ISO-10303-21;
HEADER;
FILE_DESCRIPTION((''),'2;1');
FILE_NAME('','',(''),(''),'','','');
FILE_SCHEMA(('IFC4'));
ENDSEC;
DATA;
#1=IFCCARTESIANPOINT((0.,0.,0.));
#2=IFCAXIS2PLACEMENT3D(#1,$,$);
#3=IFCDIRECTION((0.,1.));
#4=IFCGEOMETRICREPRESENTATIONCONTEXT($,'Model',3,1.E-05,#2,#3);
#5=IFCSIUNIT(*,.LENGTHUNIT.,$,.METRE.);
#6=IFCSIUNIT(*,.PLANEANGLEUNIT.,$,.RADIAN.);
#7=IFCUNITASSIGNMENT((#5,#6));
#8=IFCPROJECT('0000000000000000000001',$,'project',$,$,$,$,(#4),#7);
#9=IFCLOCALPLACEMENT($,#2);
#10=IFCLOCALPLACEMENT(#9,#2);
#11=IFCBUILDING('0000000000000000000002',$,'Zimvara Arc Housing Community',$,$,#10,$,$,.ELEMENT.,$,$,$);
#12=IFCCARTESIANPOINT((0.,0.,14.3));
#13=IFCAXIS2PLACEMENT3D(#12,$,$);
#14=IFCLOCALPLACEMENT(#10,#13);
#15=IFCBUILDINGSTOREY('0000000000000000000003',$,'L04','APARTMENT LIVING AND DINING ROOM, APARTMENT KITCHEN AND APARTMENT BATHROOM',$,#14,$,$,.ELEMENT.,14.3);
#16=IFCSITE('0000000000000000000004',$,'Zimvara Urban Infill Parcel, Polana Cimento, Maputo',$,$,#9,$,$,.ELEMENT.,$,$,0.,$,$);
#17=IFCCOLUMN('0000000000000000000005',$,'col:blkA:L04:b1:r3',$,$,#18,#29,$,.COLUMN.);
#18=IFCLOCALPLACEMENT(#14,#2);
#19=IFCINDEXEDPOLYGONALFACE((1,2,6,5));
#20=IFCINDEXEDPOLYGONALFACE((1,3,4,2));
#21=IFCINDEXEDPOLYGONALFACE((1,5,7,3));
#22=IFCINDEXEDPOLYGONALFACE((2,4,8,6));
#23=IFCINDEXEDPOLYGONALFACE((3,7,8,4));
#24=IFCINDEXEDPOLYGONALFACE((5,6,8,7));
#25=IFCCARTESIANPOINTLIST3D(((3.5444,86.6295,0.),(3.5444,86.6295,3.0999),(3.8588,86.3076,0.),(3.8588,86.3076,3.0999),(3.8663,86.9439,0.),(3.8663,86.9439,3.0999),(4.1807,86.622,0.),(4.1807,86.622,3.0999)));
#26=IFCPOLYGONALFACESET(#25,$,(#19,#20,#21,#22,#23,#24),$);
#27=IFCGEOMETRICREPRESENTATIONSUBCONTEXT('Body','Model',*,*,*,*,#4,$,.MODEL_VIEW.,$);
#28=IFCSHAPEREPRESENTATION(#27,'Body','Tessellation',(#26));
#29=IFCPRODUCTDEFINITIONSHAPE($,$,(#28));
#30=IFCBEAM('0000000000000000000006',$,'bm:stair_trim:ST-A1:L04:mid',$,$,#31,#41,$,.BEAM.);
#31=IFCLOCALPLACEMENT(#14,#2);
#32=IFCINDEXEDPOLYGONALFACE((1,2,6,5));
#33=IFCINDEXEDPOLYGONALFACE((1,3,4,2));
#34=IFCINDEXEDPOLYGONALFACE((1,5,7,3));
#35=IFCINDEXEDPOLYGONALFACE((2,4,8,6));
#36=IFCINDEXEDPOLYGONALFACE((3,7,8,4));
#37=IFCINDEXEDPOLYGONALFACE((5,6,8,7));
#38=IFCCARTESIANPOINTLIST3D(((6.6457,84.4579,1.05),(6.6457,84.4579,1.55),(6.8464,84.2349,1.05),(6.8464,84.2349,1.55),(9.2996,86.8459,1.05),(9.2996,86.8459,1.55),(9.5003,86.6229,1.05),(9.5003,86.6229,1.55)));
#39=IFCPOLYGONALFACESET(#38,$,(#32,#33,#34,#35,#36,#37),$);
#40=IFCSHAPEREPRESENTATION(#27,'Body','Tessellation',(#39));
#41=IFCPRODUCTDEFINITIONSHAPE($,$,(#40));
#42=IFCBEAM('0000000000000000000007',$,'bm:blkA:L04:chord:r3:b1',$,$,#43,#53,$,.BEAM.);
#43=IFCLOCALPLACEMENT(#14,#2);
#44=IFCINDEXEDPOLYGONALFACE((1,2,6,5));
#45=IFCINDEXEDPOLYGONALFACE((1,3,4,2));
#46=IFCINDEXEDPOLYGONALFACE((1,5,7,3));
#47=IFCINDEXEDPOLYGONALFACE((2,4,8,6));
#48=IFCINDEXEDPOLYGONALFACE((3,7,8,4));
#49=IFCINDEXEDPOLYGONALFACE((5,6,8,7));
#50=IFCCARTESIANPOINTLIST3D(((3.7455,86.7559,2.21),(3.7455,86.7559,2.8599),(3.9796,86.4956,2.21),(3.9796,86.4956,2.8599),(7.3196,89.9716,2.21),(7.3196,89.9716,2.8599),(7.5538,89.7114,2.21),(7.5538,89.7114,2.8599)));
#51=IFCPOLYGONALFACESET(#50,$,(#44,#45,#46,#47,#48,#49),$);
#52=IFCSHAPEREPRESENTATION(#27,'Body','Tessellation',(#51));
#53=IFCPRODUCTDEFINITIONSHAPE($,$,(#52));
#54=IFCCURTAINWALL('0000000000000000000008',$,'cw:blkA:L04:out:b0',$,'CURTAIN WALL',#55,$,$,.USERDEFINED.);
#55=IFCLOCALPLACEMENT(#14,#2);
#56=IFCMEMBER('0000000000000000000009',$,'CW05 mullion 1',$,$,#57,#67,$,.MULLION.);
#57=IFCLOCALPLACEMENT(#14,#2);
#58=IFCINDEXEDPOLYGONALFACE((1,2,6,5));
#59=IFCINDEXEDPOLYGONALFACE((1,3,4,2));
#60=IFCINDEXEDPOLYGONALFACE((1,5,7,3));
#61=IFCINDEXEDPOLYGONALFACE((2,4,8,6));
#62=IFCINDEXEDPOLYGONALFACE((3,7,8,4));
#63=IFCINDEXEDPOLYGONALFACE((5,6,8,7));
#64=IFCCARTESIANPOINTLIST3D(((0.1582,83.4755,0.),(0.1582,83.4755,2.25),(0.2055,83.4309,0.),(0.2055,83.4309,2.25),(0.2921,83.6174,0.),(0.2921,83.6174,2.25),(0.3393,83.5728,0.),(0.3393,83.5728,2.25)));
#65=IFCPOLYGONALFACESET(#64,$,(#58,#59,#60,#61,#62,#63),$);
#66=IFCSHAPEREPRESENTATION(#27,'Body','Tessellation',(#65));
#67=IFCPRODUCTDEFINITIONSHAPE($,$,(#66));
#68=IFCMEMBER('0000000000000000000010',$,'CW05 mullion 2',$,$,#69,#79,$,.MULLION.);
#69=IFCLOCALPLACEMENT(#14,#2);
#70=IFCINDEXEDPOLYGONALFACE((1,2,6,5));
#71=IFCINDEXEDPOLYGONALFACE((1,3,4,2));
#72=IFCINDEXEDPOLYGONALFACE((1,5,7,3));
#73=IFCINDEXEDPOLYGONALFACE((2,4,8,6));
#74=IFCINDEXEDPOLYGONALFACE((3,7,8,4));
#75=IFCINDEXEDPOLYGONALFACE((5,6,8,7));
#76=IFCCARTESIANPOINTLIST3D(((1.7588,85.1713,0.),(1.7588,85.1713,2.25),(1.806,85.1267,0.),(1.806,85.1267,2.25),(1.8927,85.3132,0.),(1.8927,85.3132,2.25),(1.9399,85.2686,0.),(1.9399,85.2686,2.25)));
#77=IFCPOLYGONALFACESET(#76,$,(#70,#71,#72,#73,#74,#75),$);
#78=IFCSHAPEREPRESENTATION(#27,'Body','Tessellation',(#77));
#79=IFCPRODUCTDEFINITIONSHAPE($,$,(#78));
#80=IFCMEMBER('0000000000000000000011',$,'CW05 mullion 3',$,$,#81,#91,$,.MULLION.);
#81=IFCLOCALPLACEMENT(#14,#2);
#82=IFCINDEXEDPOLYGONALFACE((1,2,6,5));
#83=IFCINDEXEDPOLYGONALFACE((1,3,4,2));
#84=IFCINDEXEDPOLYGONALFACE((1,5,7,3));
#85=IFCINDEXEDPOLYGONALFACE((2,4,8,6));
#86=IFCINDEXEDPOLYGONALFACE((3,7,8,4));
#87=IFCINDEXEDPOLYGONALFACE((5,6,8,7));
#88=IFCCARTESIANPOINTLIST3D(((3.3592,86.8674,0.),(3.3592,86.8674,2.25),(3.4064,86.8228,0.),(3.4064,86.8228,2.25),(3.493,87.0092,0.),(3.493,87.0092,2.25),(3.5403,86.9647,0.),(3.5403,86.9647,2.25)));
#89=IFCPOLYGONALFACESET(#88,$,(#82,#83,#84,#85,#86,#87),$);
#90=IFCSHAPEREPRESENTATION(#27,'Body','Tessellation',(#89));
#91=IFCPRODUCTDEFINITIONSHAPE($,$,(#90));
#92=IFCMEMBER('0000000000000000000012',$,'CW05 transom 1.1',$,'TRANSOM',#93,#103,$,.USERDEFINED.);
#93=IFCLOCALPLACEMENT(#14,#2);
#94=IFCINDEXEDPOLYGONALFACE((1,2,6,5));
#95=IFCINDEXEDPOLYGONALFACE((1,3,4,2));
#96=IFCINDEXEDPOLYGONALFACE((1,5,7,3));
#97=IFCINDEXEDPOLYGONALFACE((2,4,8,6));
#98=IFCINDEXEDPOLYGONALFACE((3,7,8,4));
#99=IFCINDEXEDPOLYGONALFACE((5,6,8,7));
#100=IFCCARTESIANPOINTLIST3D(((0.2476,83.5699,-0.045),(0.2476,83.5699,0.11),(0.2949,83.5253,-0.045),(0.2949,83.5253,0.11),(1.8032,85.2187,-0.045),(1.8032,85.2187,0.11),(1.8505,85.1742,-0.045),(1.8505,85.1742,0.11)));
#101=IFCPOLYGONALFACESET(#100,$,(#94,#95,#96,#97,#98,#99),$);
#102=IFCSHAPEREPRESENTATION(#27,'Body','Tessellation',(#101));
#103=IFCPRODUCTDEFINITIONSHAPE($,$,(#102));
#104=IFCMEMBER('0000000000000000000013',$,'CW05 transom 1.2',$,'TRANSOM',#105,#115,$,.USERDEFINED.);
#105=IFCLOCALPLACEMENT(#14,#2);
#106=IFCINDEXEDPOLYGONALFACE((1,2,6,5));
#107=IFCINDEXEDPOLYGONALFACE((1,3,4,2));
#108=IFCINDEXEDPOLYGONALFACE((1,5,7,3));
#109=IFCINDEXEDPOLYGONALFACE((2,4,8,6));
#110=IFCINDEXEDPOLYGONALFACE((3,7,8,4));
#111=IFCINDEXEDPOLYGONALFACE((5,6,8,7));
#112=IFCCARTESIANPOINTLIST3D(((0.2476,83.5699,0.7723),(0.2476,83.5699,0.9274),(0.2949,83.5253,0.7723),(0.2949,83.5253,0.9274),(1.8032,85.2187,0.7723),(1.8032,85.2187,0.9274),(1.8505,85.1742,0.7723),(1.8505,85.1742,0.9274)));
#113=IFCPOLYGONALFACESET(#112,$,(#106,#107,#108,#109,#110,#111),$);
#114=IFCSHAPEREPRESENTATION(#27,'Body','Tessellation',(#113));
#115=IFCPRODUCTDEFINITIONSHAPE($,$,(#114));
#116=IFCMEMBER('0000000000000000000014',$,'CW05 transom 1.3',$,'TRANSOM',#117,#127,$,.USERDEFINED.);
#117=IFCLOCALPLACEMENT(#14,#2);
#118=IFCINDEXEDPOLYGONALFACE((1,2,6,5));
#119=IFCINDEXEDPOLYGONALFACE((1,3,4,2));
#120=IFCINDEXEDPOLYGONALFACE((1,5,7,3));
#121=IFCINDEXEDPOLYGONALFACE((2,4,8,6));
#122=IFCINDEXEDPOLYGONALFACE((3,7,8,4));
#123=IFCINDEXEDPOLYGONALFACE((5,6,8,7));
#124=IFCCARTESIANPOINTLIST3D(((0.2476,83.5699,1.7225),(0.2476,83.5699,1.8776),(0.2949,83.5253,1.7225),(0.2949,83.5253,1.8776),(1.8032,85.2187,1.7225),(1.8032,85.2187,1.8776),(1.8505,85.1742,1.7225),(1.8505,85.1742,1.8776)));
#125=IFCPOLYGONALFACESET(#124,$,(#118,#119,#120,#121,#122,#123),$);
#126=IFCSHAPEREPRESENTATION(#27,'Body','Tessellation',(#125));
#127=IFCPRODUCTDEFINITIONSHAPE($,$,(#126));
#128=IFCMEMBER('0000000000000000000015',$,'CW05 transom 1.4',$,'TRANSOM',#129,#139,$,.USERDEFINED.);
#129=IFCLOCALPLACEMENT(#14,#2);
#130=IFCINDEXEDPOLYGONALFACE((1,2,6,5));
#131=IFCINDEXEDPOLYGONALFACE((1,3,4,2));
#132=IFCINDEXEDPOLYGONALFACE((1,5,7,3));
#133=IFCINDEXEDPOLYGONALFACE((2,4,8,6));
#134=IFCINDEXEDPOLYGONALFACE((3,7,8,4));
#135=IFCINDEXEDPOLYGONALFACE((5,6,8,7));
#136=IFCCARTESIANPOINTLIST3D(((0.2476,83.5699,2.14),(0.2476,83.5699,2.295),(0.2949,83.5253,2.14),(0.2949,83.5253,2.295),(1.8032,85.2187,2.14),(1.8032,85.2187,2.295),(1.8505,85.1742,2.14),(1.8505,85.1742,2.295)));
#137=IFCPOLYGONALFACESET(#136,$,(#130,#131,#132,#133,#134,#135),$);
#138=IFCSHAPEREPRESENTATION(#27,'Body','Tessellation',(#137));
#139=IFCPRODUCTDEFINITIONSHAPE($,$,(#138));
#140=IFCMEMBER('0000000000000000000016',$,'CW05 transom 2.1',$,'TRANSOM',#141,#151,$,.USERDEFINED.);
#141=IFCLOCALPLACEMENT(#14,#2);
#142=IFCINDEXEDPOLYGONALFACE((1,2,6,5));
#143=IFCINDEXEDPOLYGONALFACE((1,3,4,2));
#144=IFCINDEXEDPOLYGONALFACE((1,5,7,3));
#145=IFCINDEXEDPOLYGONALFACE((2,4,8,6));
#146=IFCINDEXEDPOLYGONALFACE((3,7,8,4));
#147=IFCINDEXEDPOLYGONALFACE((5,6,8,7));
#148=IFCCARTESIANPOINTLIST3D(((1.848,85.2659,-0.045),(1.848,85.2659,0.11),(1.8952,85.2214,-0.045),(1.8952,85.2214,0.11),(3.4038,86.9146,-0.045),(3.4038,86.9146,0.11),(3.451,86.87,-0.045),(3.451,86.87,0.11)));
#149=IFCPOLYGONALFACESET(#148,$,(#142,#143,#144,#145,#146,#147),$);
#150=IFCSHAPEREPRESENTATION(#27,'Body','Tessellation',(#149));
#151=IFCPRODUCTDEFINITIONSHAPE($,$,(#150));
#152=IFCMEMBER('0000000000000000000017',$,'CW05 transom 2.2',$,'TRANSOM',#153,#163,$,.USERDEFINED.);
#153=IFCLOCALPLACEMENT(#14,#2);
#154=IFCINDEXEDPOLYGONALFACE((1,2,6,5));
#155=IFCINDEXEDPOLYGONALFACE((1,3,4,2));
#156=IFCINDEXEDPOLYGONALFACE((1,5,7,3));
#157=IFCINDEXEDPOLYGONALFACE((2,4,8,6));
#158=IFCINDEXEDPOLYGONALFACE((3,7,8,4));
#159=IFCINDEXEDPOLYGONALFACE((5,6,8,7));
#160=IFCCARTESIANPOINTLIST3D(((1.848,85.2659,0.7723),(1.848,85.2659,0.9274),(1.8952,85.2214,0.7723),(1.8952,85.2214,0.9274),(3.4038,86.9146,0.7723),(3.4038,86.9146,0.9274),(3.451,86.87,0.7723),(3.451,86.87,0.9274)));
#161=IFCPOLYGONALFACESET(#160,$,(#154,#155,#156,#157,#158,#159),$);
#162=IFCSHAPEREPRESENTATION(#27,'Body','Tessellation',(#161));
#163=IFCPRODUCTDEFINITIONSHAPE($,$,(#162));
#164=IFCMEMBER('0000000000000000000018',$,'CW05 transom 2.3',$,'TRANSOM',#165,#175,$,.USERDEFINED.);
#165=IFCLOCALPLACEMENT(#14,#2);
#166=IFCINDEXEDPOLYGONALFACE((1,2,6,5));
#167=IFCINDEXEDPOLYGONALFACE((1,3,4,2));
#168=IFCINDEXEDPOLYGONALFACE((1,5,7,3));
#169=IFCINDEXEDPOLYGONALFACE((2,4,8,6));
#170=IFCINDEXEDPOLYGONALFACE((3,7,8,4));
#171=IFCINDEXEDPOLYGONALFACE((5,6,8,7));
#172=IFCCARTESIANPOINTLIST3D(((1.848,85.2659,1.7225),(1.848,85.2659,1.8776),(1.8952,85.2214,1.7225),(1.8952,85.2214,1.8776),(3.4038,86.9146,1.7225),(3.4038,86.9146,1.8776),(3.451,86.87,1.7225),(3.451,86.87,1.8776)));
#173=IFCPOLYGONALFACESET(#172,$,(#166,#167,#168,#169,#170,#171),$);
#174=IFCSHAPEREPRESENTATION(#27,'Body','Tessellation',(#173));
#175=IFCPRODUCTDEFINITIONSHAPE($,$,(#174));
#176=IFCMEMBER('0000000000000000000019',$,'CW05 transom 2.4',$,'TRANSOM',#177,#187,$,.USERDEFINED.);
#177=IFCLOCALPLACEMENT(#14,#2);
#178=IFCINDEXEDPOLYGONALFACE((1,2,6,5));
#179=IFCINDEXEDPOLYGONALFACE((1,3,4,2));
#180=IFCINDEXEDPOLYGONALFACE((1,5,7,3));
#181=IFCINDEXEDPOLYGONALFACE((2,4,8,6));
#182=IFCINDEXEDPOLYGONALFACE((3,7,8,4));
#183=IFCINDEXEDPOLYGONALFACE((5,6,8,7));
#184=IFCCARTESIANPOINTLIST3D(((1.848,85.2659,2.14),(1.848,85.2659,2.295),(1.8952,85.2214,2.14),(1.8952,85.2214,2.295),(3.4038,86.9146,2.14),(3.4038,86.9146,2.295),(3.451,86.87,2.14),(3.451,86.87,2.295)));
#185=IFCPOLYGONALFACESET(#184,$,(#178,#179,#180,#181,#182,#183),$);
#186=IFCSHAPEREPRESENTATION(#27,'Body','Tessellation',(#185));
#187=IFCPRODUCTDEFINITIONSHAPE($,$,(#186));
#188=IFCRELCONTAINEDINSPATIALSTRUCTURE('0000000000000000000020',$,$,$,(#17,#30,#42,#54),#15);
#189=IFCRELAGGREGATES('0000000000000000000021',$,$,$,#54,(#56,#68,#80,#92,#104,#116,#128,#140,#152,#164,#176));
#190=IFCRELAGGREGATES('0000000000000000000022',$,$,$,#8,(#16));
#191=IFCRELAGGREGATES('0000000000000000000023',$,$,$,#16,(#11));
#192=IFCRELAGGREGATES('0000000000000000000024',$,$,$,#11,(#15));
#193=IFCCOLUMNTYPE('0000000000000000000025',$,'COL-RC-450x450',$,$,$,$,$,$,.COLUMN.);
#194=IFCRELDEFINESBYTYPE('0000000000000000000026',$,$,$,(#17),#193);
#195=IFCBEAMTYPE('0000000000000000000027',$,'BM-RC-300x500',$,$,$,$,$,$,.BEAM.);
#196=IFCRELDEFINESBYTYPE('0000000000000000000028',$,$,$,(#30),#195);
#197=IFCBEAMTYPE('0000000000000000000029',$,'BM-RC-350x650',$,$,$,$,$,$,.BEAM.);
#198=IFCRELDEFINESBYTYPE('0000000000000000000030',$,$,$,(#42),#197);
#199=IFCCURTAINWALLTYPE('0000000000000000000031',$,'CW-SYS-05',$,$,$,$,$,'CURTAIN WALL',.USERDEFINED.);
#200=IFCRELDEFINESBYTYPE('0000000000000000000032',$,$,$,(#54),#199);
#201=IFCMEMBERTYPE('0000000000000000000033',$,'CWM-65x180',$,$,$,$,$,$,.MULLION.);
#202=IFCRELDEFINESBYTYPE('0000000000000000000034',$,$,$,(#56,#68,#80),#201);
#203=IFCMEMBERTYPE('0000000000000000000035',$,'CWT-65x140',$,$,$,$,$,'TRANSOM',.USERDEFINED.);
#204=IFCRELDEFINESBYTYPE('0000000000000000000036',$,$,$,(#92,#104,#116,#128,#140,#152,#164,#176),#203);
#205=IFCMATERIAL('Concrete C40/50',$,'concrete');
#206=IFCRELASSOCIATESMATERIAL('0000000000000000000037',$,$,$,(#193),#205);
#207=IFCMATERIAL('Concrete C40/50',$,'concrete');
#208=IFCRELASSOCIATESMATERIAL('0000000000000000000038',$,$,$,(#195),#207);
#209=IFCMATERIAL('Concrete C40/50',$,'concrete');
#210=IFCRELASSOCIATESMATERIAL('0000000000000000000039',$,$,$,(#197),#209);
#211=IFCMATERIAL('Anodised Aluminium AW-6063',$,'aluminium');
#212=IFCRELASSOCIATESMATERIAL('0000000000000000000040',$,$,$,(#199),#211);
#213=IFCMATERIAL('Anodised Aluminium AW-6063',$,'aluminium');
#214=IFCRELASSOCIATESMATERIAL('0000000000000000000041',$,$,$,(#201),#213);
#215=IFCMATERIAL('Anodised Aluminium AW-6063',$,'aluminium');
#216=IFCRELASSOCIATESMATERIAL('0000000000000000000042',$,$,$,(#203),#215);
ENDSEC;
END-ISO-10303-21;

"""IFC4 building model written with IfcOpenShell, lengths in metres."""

from ifc_helpers import new_model, si_unit, direction, frame, origin, origin_2d, place, context, subcontext, project, spatial, rectangle, extrude, material, material_profile, profile_set, type_object, element, aggregate, save


model = new_model("IFC4")

# Units and contexts
model_context = context("Model", 3, precision=1e-05, world=origin(), true_north=direction((0.0, 1.0)))
body_context = subcontext(model_context, "Body", "Model", "MODEL_VIEW")
ifc_project = project(units=[si_unit("LENGTHUNIT", "METRE"), si_unit("PLANEANGLEUNIT", "RADIAN")], contexts=[model_context])

# Site, building, storey
site_placement = place(None, origin())
site = spatial("IfcSite", under=ifc_project, at=site_placement, Name="Zimvara Urban Infill Parcel, Polana Cimento, Maputo", CompositionType="ELEMENT", RefElevation=0.0)
building_placement = place(site_placement, origin())
building = spatial("IfcBuilding", under=site, at=building_placement, Name="Zimvara Arc Housing Community", CompositionType="ELEMENT")
storey_placement = place(building_placement, frame((0.0, 0.0, 14.3)))
storey = spatial("IfcBuildingStorey", under=building, at=storey_placement, Name="L04", Description="APARTMENT LIVING AND DINING ROOM, APARTMENT KITCHEN AND APARTMENT BATHROOM", CompositionType="ELEMENT", Elevation=14.3)

# Column
ifc_material_1 = material(Name="Concrete C40/50", Category="concrete")
ifc_material_profile_1 = material_profile(ifc_material_1, rectangle(XDim=0.45, YDim=0.45, at=origin_2d()), Name="RC 450x450")
ifc_profile_set_1 = profile_set([ifc_material_profile_1], Name="Concrete C40/50")
column_type = type_object("IfcColumnType", Name="COL-RC-450x450", PredefinedType="COLUMN", material=ifc_profile_set_1)
column_placement = place(storey_placement, frame((3.8625, 86.6257, 0.0), z_axis=(0.0, 0.0, 1.0), x_axis=(-0.698665, 0.715449, 0.0)))
element("IfcColumn", 1, at=column_placement, inside=storey, type_object=column_type, Name="col:blkA:L04:b1:r3", PredefinedType="COLUMN", context=body_context, shape_type="SweptSolid", body=[
    extrude(rectangle(XDim=0.45, YDim=0.45, at=origin_2d()), origin(), (0.0, 0.0, 1.0), 3.0999),
])

# Beams
ifc_material_2 = material(Name="Concrete C40/50", Category="concrete")
ifc_material_profile_2 = material_profile(ifc_material_2, rectangle(XDim=0.3, YDim=0.5, at=origin_2d()), Name="RC 300x500")
ifc_profile_set_2 = profile_set([ifc_material_profile_2], Name="Concrete C40/50")
beam_type_1 = type_object("IfcBeamType", Name="BM-RC-300x500", PredefinedType="BEAM", material=ifc_profile_set_2)
beam_1_placement = place(storey_placement, frame((9.3999, 86.7344, 1.3), z_axis=(-0.743362, -0.668889, 0.0), x_axis=(0.668889, -0.743362, 0.0)))
element("IfcBeam", 2, at=beam_1_placement, inside=storey, type_object=beam_type_1, Name="bm:stair_trim:ST-A1:L04:mid", PredefinedType="BEAM", context=body_context, shape_type="SweptSolid", body=[
    extrude(rectangle(XDim=0.3, YDim=0.5, at=origin_2d()), origin(), (0.0, 0.0, 1.0), 3.5701),
])
ifc_material_3 = material(Name="Concrete C40/50", Category="concrete")
ifc_material_profile_3 = material_profile(ifc_material_3, rectangle(XDim=0.3501, YDim=0.6499, at=origin_2d()), Name="RC 350x650")
ifc_profile_set_3 = profile_set([ifc_material_profile_3], Name="Concrete C40/50")
beam_type_2 = type_object("IfcBeamType", Name="BM-RC-350x650", PredefinedType="BEAM", material=ifc_profile_set_3)
beam_2_placement = place(storey_placement, frame((3.8625, 86.6257, 2.5349), z_axis=(0.743395, 0.668853, 0.0), x_axis=(-0.668853, 0.743395, 0.0)))
element("IfcBeam", 3, at=beam_2_placement, inside=storey, type_object=beam_type_2, Name="bm:blkA:L04:chord:r3:b1", PredefinedType="BEAM", context=body_context, shape_type="SweptSolid", body=[
    extrude(rectangle(XDim=0.3501, YDim=0.6499, at=origin_2d()), origin(), (0.0, 0.0, 1.0), 4.8079),
])

# Curtain wall, members
ifc_material_4 = material(Name="Anodised Aluminium AW-6063", Category="aluminium")
curtain_wall_type = type_object("IfcCurtainWallType", Name="CW-SYS-05", ElementType="CURTAIN WALL", PredefinedType="USERDEFINED", material=ifc_material_4)
curtain_wall_placement = place(storey_placement, origin())
curtain_wall = element("IfcCurtainWall", 4, at=curtain_wall_placement, inside=storey, type_object=curtain_wall_type, Name="cw:blkA:L04:out:b0", ObjectType="CURTAIN WALL", PredefinedType="USERDEFINED")
ifc_material_5 = material(Name="Anodised Aluminium AW-6063", Category="aluminium")
ifc_material_profile_4 = material_profile(ifc_material_5, rectangle(XDim=0.0649, YDim=0.1951, at=origin_2d()), Name="ALU 65x195")
ifc_profile_set_4 = profile_set([ifc_material_profile_4], Name="Anodised Aluminium AW-6063")
member_type_1 = type_object("IfcMemberType", Name="CWM-65x180", PredefinedType="MULLION", material=ifc_profile_set_4)
member_1_placement = place(storey_placement, frame((0.2488, 83.5242, 0.0), z_axis=(0.0, 0.0, 1.0), x_axis=(-0.727294, 0.686326, 0.0)))
member_1 = element("IfcMember", 5, at=member_1_placement, type_object=member_type_1, Name="CW05 mullion 1", PredefinedType="MULLION", context=body_context, shape_type="SweptSolid", body=[
    extrude(rectangle(XDim=0.0649, YDim=0.1951, at=origin_2d()), origin(), (0.0, 0.0, 1.0), 2.25),
])
member_2_placement = place(storey_placement, frame((1.8494, 85.22, 0.0), z_axis=(0.0, 0.0, 1.0), x_axis=(-0.727294, 0.686326, 0.0)))
member_2 = element("IfcMember", 6, at=member_2_placement, type_object=member_type_1, Name="CW05 mullion 2", PredefinedType="MULLION", context=body_context, shape_type="SweptSolid", body=[
    extrude(rectangle(XDim=0.0649, YDim=0.1951, at=origin_2d()), origin(), (0.0, 0.0, 1.0), 2.25),
])
member_3_placement = place(storey_placement, frame((3.4497, 86.916, 0.0), z_axis=(0.0, 0.0, 1.0), x_axis=(-0.727294, 0.686326, 0.0)))
member_3 = element("IfcMember", 7, at=member_3_placement, type_object=member_type_1, Name="CW05 mullion 3", PredefinedType="MULLION", context=body_context, shape_type="SweptSolid", body=[
    extrude(rectangle(XDim=0.0649, YDim=0.1951, at=origin_2d()), origin(), (0.0, 0.0, 1.0), 2.25),
])
ifc_material_6 = material(Name="Anodised Aluminium AW-6063", Category="aluminium")
ifc_material_profile_5 = material_profile(ifc_material_6, rectangle(XDim=0.0649, YDim=0.155, at=origin_2d()), Name="ALU 65x155")
ifc_profile_set_5 = profile_set([ifc_material_profile_5], Name="Anodised Aluminium AW-6063")
member_type_2 = type_object("IfcMemberType", Name="CWT-65x140", ElementType="TRANSOM", PredefinedType="USERDEFINED", material=ifc_profile_set_5)
member_4_placement = place(storey_placement, frame((0.2712, 83.5476, 0.0325), z_axis=(0.686238, 0.727377, 0.0), x_axis=(-0.727377, 0.686238, 0.0)))
member_4 = element("IfcMember", 8, at=member_4_placement, type_object=member_type_2, Name="CW05 transom 1.1", ObjectType="TRANSOM", PredefinedType="USERDEFINED", context=body_context, shape_type="SweptSolid", body=[
    extrude(rectangle(XDim=0.0649, YDim=0.155, at=origin_2d()), origin(), (0.0, 0.0, 1.0), 2.2668),
])
member_5_placement = place(storey_placement, frame((0.2712, 83.5476, 0.8499), z_axis=(0.686238, 0.727377, 0.0), x_axis=(-0.727377, 0.686238, 0.0)))
member_5 = element("IfcMember", 9, at=member_5_placement, type_object=member_type_2, Name="CW05 transom 1.2", ObjectType="TRANSOM", PredefinedType="USERDEFINED", context=body_context, shape_type="SweptSolid", body=[
    extrude(rectangle(XDim=0.0649, YDim=0.155, at=origin_2d()), origin(), (0.0, 0.0, 1.0), 2.2668),
])
member_6_placement = place(storey_placement, frame((0.2712, 83.5476, 1.8), z_axis=(0.686238, 0.727377, 0.0), x_axis=(-0.727377, 0.686238, 0.0)))
member_6 = element("IfcMember", 10, at=member_6_placement, type_object=member_type_2, Name="CW05 transom 1.3", ObjectType="TRANSOM", PredefinedType="USERDEFINED", context=body_context, shape_type="SweptSolid", body=[
    extrude(rectangle(XDim=0.0649, YDim=0.155, at=origin_2d()), origin(), (0.0, 0.0, 1.0), 2.2668),
])
member_7_placement = place(storey_placement, frame((0.2712, 83.5476, 2.2175), z_axis=(0.686238, 0.727377, 0.0), x_axis=(-0.727377, 0.686238, 0.0)))
member_7 = element("IfcMember", 11, at=member_7_placement, type_object=member_type_2, Name="CW05 transom 1.4", ObjectType="TRANSOM", PredefinedType="USERDEFINED", context=body_context, shape_type="SweptSolid", body=[
    extrude(rectangle(XDim=0.0649, YDim=0.155, at=origin_2d()), origin(), (0.0, 0.0, 1.0), 2.2668),
])
member_8_placement = place(storey_placement, frame((1.8716, 85.2437, 0.0325), z_axis=(0.686348, 0.727273, 0.0), x_axis=(-0.727273, 0.686348, 0.0)))
member_8 = element("IfcMember", 12, at=member_8_placement, type_object=member_type_2, Name="CW05 transom 2.1", ObjectType="TRANSOM", PredefinedType="USERDEFINED", context=body_context, shape_type="SweptSolid", body=[
    extrude(rectangle(XDim=0.0649, YDim=0.155, at=origin_2d()), origin(), (0.0, 0.0, 1.0), 2.2668),
])
member_9_placement = place(storey_placement, frame((1.8716, 85.2437, 0.8499), z_axis=(0.686348, 0.727273, 0.0), x_axis=(-0.727273, 0.686348, 0.0)))
member_9 = element("IfcMember", 13, at=member_9_placement, type_object=member_type_2, Name="CW05 transom 2.2", ObjectType="TRANSOM", PredefinedType="USERDEFINED", context=body_context, shape_type="SweptSolid", body=[
    extrude(rectangle(XDim=0.0649, YDim=0.155, at=origin_2d()), origin(), (0.0, 0.0, 1.0), 2.2668),
])
member_10_placement = place(storey_placement, frame((1.8716, 85.2437, 1.8), z_axis=(0.686348, 0.727273, 0.0), x_axis=(-0.727273, 0.686348, 0.0)))
member_10 = element("IfcMember", 14, at=member_10_placement, type_object=member_type_2, Name="CW05 transom 2.3", ObjectType="TRANSOM", PredefinedType="USERDEFINED", context=body_context, shape_type="SweptSolid", body=[
    extrude(rectangle(XDim=0.0649, YDim=0.155, at=origin_2d()), origin(), (0.0, 0.0, 1.0), 2.2668),
])
member_11_placement = place(storey_placement, frame((1.8716, 85.2437, 2.2175), z_axis=(0.686348, 0.727273, 0.0), x_axis=(-0.727273, 0.686348, 0.0)))
member_11 = element("IfcMember", 15, at=member_11_placement, type_object=member_type_2, Name="CW05 transom 2.4", ObjectType="TRANSOM", PredefinedType="USERDEFINED", context=body_context, shape_type="SweptSolid", body=[
    extrude(rectangle(XDim=0.0649, YDim=0.155, at=origin_2d()), origin(), (0.0, 0.0, 1.0), 2.2668),
])
aggregate(curtain_wall, [member_1, member_2, member_3, member_4, member_5, member_6, member_7, member_8, member_9, member_10, member_11])

save(model, "model.ifc")
